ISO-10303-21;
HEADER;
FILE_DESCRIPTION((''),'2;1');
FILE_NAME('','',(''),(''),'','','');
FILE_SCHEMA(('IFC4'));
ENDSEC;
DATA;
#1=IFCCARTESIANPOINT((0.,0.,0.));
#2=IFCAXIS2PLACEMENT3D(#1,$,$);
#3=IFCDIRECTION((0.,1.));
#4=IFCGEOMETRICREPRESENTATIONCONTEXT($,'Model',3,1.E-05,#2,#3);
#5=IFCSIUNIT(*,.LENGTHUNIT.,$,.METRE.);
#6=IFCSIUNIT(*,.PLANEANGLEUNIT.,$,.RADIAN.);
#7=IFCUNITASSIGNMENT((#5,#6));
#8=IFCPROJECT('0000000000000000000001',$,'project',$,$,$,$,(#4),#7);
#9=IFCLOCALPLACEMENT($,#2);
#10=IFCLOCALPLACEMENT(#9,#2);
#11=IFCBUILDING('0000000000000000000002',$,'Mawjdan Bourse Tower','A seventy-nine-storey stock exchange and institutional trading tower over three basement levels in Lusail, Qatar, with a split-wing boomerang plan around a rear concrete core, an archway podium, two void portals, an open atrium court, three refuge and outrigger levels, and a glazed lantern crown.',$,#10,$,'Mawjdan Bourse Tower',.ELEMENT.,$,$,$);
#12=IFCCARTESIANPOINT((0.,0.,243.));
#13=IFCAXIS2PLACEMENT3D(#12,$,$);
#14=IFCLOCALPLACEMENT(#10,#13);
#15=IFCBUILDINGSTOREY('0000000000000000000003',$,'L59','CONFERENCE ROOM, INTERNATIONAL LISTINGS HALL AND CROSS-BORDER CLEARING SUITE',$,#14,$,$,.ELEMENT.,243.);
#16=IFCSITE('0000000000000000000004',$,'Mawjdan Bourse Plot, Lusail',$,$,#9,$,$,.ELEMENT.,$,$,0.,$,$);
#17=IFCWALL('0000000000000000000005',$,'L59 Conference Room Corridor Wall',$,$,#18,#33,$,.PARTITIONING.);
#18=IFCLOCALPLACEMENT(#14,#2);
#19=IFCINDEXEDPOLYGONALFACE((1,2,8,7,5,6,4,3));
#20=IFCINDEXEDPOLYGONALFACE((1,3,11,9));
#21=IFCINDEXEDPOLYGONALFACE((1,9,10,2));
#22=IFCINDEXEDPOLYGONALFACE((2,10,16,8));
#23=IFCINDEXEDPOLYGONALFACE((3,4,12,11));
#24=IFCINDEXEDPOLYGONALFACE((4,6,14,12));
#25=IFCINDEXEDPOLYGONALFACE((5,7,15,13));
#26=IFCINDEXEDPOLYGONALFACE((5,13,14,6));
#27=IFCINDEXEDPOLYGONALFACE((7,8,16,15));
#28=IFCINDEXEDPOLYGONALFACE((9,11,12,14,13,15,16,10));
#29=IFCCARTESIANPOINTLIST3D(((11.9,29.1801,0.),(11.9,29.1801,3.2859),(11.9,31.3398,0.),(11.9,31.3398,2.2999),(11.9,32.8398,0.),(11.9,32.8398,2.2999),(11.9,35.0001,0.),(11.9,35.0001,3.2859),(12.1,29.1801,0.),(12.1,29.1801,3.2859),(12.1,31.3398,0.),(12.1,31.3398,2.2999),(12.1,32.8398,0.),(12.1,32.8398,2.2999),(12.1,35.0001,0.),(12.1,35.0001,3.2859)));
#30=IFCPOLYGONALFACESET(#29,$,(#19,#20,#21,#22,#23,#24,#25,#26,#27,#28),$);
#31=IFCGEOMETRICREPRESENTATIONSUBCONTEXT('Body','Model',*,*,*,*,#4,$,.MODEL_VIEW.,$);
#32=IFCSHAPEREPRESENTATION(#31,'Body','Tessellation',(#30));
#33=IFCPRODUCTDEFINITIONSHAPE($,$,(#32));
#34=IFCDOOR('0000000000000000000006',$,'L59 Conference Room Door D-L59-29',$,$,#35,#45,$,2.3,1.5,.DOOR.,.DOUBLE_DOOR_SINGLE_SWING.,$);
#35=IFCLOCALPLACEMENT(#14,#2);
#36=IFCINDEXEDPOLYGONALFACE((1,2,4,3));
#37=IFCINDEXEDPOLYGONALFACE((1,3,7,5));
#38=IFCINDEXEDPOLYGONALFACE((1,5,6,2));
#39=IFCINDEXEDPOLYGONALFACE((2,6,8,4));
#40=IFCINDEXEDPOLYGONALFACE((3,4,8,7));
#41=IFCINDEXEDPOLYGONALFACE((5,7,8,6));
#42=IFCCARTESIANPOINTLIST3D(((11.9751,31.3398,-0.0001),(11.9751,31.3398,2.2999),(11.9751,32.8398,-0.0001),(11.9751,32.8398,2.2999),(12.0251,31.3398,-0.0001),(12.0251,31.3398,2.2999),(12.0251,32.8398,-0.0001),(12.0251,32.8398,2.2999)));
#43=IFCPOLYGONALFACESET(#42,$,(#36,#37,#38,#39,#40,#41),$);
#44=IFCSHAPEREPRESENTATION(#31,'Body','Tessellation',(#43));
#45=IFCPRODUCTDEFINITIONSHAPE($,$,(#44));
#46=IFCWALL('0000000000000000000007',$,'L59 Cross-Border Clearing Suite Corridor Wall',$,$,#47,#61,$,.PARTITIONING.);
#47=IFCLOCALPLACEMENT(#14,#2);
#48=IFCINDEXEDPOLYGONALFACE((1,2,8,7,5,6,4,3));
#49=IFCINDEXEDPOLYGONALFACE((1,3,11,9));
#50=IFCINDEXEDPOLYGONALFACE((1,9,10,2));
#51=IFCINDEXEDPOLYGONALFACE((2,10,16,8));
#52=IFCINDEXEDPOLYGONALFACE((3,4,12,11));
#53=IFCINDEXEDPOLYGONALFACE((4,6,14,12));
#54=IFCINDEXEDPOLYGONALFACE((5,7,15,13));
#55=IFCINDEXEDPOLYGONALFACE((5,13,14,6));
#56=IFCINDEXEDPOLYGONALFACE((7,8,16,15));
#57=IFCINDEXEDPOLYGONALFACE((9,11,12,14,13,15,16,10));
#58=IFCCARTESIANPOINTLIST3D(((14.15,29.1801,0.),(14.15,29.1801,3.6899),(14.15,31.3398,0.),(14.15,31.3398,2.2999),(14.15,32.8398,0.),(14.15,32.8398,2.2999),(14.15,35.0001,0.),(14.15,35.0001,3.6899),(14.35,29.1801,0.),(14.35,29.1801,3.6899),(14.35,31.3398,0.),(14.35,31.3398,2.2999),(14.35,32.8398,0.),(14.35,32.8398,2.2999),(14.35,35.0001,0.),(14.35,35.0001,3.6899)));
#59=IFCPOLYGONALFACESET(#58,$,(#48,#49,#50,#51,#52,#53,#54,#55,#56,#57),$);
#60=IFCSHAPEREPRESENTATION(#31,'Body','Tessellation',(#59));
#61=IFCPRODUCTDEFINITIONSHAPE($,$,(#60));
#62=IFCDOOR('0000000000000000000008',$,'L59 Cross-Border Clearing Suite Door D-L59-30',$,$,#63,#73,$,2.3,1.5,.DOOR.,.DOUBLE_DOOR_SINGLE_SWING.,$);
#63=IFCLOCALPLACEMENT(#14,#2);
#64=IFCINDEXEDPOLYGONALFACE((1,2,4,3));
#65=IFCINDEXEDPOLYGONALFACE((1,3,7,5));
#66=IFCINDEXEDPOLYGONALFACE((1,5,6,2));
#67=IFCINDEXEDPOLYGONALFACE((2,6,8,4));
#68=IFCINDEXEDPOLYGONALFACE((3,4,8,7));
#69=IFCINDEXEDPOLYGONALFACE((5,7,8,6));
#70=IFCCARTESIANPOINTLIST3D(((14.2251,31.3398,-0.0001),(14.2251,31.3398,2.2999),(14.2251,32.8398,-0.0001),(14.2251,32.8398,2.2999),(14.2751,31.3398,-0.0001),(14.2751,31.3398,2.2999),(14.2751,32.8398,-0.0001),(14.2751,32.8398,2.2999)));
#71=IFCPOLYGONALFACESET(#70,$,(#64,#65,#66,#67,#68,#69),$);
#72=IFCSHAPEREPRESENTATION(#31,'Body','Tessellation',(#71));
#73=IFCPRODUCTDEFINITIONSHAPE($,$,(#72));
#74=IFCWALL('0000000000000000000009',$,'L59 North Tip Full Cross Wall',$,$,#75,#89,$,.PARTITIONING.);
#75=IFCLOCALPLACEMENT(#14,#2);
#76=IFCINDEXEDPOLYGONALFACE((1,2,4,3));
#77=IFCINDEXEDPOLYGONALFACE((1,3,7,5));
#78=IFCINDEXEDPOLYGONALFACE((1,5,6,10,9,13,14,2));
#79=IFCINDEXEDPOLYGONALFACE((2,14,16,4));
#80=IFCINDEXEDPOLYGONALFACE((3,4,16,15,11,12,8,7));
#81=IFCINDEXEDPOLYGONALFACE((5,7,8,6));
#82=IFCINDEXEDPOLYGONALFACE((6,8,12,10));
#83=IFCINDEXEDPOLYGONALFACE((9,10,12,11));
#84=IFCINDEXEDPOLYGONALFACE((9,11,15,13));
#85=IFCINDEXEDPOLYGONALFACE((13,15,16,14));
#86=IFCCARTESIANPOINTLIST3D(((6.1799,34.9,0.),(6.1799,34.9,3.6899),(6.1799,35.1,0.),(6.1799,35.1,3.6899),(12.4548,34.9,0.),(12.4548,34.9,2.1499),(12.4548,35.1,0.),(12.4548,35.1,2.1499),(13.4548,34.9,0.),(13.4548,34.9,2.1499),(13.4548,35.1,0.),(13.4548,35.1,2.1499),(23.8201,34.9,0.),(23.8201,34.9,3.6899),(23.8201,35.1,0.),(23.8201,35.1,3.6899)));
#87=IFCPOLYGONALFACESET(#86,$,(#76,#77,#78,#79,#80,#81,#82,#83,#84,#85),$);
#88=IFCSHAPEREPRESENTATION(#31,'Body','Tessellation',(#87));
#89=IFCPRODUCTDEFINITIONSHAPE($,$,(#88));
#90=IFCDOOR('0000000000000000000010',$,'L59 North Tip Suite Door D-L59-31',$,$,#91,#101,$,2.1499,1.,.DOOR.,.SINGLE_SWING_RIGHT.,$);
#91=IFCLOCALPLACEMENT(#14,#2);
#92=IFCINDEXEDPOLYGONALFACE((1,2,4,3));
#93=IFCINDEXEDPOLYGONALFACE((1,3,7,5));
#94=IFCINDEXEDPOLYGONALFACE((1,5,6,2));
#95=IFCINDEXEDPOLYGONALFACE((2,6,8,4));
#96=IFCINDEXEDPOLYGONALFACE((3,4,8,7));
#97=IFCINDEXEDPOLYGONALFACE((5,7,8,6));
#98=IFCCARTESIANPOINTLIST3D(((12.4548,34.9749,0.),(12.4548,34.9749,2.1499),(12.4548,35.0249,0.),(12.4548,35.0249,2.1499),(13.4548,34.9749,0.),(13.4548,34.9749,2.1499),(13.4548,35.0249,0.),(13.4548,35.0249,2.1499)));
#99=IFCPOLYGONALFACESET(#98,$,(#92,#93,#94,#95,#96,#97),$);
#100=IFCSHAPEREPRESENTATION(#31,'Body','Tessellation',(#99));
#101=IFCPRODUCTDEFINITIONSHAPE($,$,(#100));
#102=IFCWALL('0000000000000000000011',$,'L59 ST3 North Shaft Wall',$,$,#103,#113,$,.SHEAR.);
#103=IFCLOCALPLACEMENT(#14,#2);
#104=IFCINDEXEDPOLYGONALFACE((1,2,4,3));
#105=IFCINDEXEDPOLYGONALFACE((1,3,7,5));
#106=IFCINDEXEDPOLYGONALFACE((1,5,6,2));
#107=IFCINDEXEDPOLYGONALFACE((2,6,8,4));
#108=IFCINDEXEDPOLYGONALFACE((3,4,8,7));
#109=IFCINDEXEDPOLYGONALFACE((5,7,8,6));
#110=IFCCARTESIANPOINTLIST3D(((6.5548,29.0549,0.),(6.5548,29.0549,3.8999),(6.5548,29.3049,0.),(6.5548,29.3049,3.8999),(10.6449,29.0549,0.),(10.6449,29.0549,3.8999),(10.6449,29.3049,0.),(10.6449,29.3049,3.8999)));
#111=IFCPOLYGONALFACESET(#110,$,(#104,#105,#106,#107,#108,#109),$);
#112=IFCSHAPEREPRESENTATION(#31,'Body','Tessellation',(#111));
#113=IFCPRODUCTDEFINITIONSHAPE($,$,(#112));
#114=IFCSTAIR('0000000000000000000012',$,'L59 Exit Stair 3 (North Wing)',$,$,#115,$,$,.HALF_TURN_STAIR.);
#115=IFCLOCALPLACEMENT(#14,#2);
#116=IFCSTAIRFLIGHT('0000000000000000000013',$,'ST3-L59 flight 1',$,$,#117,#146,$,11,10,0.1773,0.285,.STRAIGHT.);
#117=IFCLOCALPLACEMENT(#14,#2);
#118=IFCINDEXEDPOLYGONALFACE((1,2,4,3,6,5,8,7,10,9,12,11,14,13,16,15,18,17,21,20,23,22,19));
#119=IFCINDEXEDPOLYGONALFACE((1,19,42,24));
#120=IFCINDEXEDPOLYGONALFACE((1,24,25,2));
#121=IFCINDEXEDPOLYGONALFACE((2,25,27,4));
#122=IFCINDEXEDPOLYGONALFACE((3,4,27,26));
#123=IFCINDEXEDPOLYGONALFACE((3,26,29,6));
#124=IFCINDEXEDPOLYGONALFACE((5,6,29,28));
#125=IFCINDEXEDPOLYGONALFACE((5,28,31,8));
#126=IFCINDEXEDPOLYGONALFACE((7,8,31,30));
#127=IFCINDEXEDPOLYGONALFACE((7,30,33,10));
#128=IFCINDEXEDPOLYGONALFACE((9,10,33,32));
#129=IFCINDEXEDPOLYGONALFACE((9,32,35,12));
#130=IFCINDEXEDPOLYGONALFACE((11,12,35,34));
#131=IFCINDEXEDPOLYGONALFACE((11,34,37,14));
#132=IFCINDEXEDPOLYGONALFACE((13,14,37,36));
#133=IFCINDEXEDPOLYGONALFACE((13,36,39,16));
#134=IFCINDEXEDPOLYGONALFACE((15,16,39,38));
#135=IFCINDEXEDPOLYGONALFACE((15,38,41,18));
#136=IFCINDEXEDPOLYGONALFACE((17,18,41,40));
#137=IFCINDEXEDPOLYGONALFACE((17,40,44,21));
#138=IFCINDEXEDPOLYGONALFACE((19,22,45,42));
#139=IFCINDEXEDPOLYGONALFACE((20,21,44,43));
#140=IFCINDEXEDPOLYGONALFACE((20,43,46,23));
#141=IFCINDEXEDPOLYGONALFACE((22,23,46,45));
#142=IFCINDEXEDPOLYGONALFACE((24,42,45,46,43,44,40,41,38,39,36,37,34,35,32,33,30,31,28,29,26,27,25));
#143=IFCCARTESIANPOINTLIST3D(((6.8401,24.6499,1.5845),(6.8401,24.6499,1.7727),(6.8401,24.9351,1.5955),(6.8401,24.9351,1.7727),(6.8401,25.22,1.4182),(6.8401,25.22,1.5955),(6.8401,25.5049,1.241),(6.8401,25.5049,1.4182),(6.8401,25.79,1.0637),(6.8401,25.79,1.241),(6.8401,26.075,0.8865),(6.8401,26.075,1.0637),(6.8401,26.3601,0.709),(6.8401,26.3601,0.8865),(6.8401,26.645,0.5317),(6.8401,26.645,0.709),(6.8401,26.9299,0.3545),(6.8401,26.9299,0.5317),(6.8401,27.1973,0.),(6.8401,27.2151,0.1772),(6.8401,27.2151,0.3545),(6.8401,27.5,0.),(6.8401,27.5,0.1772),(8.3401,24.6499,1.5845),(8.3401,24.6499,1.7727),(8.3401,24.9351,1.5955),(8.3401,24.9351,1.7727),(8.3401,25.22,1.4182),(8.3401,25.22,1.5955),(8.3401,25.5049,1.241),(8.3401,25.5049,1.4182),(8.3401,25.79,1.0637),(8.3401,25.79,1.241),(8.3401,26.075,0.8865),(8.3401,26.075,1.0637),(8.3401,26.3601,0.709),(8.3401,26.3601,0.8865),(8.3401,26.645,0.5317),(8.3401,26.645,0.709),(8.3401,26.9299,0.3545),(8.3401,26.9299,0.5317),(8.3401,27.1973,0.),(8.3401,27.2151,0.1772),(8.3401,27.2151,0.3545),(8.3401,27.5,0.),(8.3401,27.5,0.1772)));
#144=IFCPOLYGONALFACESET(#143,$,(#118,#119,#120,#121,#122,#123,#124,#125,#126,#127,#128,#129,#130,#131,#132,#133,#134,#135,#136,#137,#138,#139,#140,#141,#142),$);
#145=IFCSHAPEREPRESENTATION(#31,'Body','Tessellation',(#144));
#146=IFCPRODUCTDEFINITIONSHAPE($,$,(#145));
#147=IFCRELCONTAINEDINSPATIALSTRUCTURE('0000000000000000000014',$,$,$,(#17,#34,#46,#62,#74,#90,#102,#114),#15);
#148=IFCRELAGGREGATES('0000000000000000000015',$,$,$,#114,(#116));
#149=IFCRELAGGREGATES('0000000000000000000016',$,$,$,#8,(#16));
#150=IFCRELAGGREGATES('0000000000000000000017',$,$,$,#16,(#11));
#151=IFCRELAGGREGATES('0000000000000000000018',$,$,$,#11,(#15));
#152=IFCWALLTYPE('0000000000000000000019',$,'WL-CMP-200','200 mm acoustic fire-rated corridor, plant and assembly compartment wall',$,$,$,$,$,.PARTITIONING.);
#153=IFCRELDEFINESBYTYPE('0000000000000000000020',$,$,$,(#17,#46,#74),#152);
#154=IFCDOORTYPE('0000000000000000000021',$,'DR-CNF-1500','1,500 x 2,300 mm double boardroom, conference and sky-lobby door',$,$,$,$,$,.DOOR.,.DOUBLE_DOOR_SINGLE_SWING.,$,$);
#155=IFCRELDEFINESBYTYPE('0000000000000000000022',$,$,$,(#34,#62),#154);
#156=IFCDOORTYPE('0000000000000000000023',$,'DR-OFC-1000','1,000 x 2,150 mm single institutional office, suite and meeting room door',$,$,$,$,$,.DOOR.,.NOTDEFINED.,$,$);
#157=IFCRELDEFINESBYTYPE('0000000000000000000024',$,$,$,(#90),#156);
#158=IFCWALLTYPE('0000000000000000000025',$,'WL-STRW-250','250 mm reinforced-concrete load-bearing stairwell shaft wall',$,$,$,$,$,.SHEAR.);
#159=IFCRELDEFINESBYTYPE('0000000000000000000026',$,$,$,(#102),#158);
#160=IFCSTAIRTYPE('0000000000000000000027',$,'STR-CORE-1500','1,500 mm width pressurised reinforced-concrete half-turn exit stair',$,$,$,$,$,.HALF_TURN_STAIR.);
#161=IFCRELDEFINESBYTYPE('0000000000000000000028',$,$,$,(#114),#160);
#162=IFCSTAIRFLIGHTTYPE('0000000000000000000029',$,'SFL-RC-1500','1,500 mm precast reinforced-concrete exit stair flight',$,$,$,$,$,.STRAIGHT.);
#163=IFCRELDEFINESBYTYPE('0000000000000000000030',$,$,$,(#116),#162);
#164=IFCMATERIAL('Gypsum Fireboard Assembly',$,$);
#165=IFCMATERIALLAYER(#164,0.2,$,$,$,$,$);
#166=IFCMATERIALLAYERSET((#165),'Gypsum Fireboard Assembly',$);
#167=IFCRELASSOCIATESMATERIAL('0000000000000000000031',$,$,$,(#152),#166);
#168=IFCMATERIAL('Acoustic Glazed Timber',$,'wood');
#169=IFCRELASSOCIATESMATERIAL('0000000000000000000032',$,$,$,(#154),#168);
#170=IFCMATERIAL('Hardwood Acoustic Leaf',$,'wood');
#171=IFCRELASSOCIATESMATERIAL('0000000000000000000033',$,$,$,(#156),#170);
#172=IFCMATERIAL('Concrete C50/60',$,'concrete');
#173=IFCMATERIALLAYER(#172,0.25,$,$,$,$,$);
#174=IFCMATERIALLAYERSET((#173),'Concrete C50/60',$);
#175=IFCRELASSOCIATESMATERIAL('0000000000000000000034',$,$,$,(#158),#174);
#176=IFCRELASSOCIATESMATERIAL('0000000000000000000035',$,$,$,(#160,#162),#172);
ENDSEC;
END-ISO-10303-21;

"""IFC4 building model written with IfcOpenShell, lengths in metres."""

from ifc_helpers import new_model, si_unit, direction, frame, frame_2d, origin, place, context, subcontext, project, spatial, polyline, rectangle, outline, extrude, material, layer, layer_set, type_object, element, fill, aggregate, save


model = new_model("IFC4")

# Units and contexts
model_context = context("Model", 3, precision=1e-05, world=origin(), true_north=direction((0.0, 1.0)))
body_context = subcontext(model_context, "Body", "Model", "MODEL_VIEW")
ifc_project = project(units=[si_unit("LENGTHUNIT", "METRE"), si_unit("PLANEANGLEUNIT", "RADIAN")], contexts=[model_context])

# Site, building, storey
site_placement = place(None, origin())
site = spatial("IfcSite", under=ifc_project, at=site_placement, Name="Mawjdan Bourse Plot, Lusail", CompositionType="ELEMENT", RefElevation=0.0)
building_placement = place(site_placement, origin())
building = spatial("IfcBuilding", under=site, at=building_placement, Name="Mawjdan Bourse Tower", Description="A seventy-nine-storey stock exchange and institutional trading tower over three basement levels in Lusail, Qatar, with a split-wing boomerang plan around a rear concrete core, an archway podium, two void portals, an open atrium court, three refuge and outrigger levels, and a glazed lantern crown.", LongName="Mawjdan Bourse Tower", CompositionType="ELEMENT")
storey_placement = place(building_placement, frame((0.0, 0.0, 243.0)))
storey = spatial("IfcBuildingStorey", under=building, at=storey_placement, Name="L59", Description="CONFERENCE ROOM, INTERNATIONAL LISTINGS HALL AND CROSS-BORDER CLEARING SUITE", CompositionType="ELEMENT", Elevation=243.0)

# Shared definitions
ifc_material_1 = material(Name="Gypsum Fireboard Assembly")
ifc_layer_1 = layer(ifc_material_1, 0.2)
ifc_layer_set_1 = layer_set([ifc_layer_1], Name="Gypsum Fireboard Assembly")
wall_type_1 = type_object("IfcWallType", Name="WL-CMP-200", Description="200 mm acoustic fire-rated corridor, plant and assembly compartment wall", PredefinedType="PARTITIONING", material=ifc_layer_set_1)

# Walls, openings, doors
wall_1_placement = place(storey_placement, frame((12.0, 29.1799, 0.0), z_axis=(0.0, 0.0, 1.0), x_axis=(0.0, 1.0, 0.0)))
wall_1 = element("IfcWall", 1, at=wall_1_placement, inside=storey, type_object=wall_type_1, Name="L59 Conference Room Corridor Wall", PredefinedType="PARTITIONING", context=body_context, shape_type="SweptSolid", body=[
    extrude(rectangle(XDim=5.8201, YDim=0.2, at=frame_2d((2.9102, 0.0))), origin(), (0.0, 0.0, 1.0), 3.2859),
])
opening_1_placement = place(wall_1_placement, frame((2.1599, 0.0, 0.0)))
opening_1 = element("IfcOpeningElement", 2, at=opening_1_placement, cuts=wall_1, PredefinedType="OPENING", context=body_context, shape_type="SweptSolid", body=[
    extrude(rectangle(XDim=1.5, YDim=2.3, at=frame_2d((0.75, 1.1499))), frame((0.0, 0.1099, 0.0), z_axis=(0.0, -1.0, 0.0), x_axis=(1.0, 0.0, 0.0)), (0.0, 0.0, 1.0), 0.22),
])
ifc_material_2 = material(Name="Acoustic Glazed Timber", Category="wood")
door_type_1 = type_object("IfcDoorType", Name="DR-CNF-1500", Description="1,500 x 2,300 mm double boardroom, conference and sky-lobby door", OperationType="DOUBLE_DOOR_SINGLE_SWING", PredefinedType="DOOR", material=ifc_material_2)
door_1_placement = place(opening_1_placement, origin())
door_1 = element("IfcDoor", 3, at=door_1_placement, inside=storey, type_object=door_type_1, Name="L59 Conference Room Door D-L59-29", OperationType="DOUBLE_DOOR_SINGLE_SWING", OverallHeight=2.3, OverallWidth=1.5, PredefinedType="DOOR", context=body_context, shape_type="SweptSolid", body=[
    extrude(rectangle(XDim=1.5, YDim=2.3, at=frame_2d((0.75, 1.1499))), frame((0.0, 0.0249, 0.0), z_axis=(0.0, -1.0, 0.0), x_axis=(1.0, 0.0, 0.0)), (0.0, 0.0, 1.0), 0.05),
])
fill(opening_1, door_1)
wall_2_placement = place(storey_placement, frame((14.25, 29.1799, 0.0), z_axis=(0.0, 0.0, 1.0), x_axis=(0.0, 1.0, 0.0)))
wall_2 = element("IfcWall", 4, at=wall_2_placement, inside=storey, type_object=wall_type_1, Name="L59 Cross-Border Clearing Suite Corridor Wall", PredefinedType="PARTITIONING", context=body_context, shape_type="SweptSolid", body=[
    extrude(rectangle(XDim=5.8201, YDim=0.2, at=frame_2d((2.9102, 0.0))), origin(), (0.0, 0.0, 1.0), 3.6899),
])
opening_2_placement = place(wall_2_placement, frame((2.1599, 0.0, 0.0)))
opening_2 = element("IfcOpeningElement", 5, at=opening_2_placement, cuts=wall_2, PredefinedType="OPENING", context=body_context, shape_type="SweptSolid", body=[
    extrude(rectangle(XDim=1.5, YDim=2.3, at=frame_2d((0.75, 1.1499))), frame((0.0, 0.1099, 0.0), z_axis=(0.0, -1.0, 0.0), x_axis=(1.0, 0.0, 0.0)), (0.0, 0.0, 1.0), 0.22),
])
door_2_placement = place(opening_2_placement, origin())
door_2 = element("IfcDoor", 6, at=door_2_placement, inside=storey, type_object=door_type_1, Name="L59 Cross-Border Clearing Suite Door D-L59-30", OperationType="DOUBLE_DOOR_SINGLE_SWING", OverallHeight=2.3, OverallWidth=1.5, PredefinedType="DOOR", context=body_context, shape_type="SweptSolid", body=[
    extrude(rectangle(XDim=1.5, YDim=2.3, at=frame_2d((0.75, 1.1499))), frame((0.0, 0.0249, 0.0), z_axis=(0.0, -1.0, 0.0), x_axis=(1.0, 0.0, 0.0)), (0.0, 0.0, 1.0), 0.05),
])
fill(opening_2, door_2)
wall_3_placement = place(storey_placement, frame((6.1799, 35.0, 0.0), z_axis=(0.0, 0.0, 1.0), x_axis=(1.0, 0.0, 0.0)))
wall_3 = element("IfcWall", 7, at=wall_3_placement, inside=storey, type_object=wall_type_1, Name="L59 North Tip Full Cross Wall", PredefinedType="PARTITIONING", context=body_context, shape_type="SweptSolid", body=[
    extrude(rectangle(XDim=17.6401, YDim=0.2, at=frame_2d((8.8201, 0.0))), origin(), (0.0, 0.0, 1.0), 3.6899),
])
opening_3_placement = place(wall_3_placement, frame((6.2749, 0.0, 0.0)))
opening_3 = element("IfcOpeningElement", 8, at=opening_3_placement, cuts=wall_3, PredefinedType="OPENING", context=body_context, shape_type="SweptSolid", body=[
    extrude(rectangle(XDim=1.0, YDim=2.1499, at=frame_2d((0.5, 1.075))), frame((0.0, 0.1099, 0.0), z_axis=(0.0, -1.0, 0.0), x_axis=(1.0, 0.0, 0.0)), (0.0, 0.0, 1.0), 0.22),
])
ifc_material_3 = material(Name="Hardwood Acoustic Leaf", Category="wood")
door_type_2 = type_object("IfcDoorType", Name="DR-OFC-1000", Description="1,000 x 2,150 mm single institutional office, suite and meeting room door", OperationType="NOTDEFINED", PredefinedType="DOOR", material=ifc_material_3)
door_3_placement = place(opening_3_placement, origin())
door_3 = element("IfcDoor", 9, at=door_3_placement, inside=storey, type_object=door_type_2, Name="L59 North Tip Suite Door D-L59-31", OperationType="SINGLE_SWING_RIGHT", OverallHeight=2.1499, OverallWidth=1.0, PredefinedType="DOOR", context=body_context, shape_type="SweptSolid", body=[
    extrude(rectangle(XDim=1.0, YDim=2.1499, at=frame_2d((0.5, 1.075))), frame((0.0, 0.0249, 0.0), z_axis=(0.0, -1.0, 0.0), x_axis=(1.0, 0.0, 0.0)), (0.0, 0.0, 1.0), 0.05),
])
fill(opening_3, door_3)

# Wall
ifc_material_4 = material(Name="Concrete C50/60", Category="concrete")
ifc_layer_2 = layer(ifc_material_4, 0.25)
ifc_layer_set_2 = layer_set([ifc_layer_2], Name="Concrete C50/60")
wall_type_2 = type_object("IfcWallType", Name="WL-STRW-250", Description="250 mm reinforced-concrete load-bearing stairwell shaft wall", PredefinedType="SHEAR", material=ifc_layer_set_2)
wall_4_placement = place(storey_placement, frame((6.5549, 29.1799, 0.0), z_axis=(0.0, 0.0, 1.0), x_axis=(1.0, 0.0, 0.0)))
element("IfcWall", 10, at=wall_4_placement, inside=storey, type_object=wall_type_2, Name="L59 ST3 North Shaft Wall", PredefinedType="SHEAR", context=body_context, shape_type="SweptSolid", body=[
    extrude(rectangle(XDim=4.0901, YDim=0.25, at=frame_2d((2.0449, 0.0))), origin(), (0.0, 0.0, 1.0), 3.8999),
])

# Stair, stair flight
stair_type = type_object("IfcStairType", Name="STR-CORE-1500", Description="1,500 mm width pressurised reinforced-concrete half-turn exit stair", PredefinedType="HALF_TURN_STAIR", material=ifc_material_4)
stair_placement = place(storey_placement, origin())
stair = element("IfcStair", 11, at=stair_placement, inside=storey, type_object=stair_type, Name="L59 Exit Stair 3 (North Wing)", PredefinedType="HALF_TURN_STAIR")
stair_flight_type = type_object("IfcStairFlightType", Name="SFL-RC-1500", Description="1,500 mm precast reinforced-concrete exit stair flight", PredefinedType="STRAIGHT", material=ifc_material_4)
stair_flight_placement = place(storey_placement, frame((7.5901, 27.5, 0.0), z_axis=(0.0, 0.0, 1.0), x_axis=(0.0, -1.0, 0.0)))
stair_flight = element("IfcStairFlight", 12, at=stair_flight_placement, type_object=stair_flight_type, Name="ST3-L59 flight 1", NumberOfRisers=11, NumberOfTreads=10, PredefinedType="STRAIGHT", RiserHeight=0.1773, TreadLength=0.285, context=body_context, shape_type="SweptSolid", body=[
    extrude(outline(polyline([(0.0, 0.0), (0.0, 0.1772), (0.2849, 0.1772), (0.2849, 0.3545), (0.5701, 0.3545), (0.5701, 0.5317), (0.855, 0.5317), (0.855, 0.709), (1.1399, 0.709), (1.1399, 0.8865), (1.425, 0.8865), (1.425, 1.0637), (1.71, 1.0637), (1.71, 1.241), (1.9951, 1.241), (1.9951, 1.4182), (2.28, 1.4182), (2.28, 1.5955), (2.5649, 1.5955), (2.5649, 1.7727), (2.8501, 1.7727), (2.8501, 1.95), (2.8501, 1.5845), (0.3027, 0.0), (0.0, 0.0)])), frame((0.0, 0.75, 0.0), z_axis=(0.0, -1.0, 0.0), x_axis=(1.0, 0.0, 0.0)), (0.0, 0.0, 1.0), 1.5),
])
aggregate(stair, [stair_flight])

save(model, "model.ifc")
